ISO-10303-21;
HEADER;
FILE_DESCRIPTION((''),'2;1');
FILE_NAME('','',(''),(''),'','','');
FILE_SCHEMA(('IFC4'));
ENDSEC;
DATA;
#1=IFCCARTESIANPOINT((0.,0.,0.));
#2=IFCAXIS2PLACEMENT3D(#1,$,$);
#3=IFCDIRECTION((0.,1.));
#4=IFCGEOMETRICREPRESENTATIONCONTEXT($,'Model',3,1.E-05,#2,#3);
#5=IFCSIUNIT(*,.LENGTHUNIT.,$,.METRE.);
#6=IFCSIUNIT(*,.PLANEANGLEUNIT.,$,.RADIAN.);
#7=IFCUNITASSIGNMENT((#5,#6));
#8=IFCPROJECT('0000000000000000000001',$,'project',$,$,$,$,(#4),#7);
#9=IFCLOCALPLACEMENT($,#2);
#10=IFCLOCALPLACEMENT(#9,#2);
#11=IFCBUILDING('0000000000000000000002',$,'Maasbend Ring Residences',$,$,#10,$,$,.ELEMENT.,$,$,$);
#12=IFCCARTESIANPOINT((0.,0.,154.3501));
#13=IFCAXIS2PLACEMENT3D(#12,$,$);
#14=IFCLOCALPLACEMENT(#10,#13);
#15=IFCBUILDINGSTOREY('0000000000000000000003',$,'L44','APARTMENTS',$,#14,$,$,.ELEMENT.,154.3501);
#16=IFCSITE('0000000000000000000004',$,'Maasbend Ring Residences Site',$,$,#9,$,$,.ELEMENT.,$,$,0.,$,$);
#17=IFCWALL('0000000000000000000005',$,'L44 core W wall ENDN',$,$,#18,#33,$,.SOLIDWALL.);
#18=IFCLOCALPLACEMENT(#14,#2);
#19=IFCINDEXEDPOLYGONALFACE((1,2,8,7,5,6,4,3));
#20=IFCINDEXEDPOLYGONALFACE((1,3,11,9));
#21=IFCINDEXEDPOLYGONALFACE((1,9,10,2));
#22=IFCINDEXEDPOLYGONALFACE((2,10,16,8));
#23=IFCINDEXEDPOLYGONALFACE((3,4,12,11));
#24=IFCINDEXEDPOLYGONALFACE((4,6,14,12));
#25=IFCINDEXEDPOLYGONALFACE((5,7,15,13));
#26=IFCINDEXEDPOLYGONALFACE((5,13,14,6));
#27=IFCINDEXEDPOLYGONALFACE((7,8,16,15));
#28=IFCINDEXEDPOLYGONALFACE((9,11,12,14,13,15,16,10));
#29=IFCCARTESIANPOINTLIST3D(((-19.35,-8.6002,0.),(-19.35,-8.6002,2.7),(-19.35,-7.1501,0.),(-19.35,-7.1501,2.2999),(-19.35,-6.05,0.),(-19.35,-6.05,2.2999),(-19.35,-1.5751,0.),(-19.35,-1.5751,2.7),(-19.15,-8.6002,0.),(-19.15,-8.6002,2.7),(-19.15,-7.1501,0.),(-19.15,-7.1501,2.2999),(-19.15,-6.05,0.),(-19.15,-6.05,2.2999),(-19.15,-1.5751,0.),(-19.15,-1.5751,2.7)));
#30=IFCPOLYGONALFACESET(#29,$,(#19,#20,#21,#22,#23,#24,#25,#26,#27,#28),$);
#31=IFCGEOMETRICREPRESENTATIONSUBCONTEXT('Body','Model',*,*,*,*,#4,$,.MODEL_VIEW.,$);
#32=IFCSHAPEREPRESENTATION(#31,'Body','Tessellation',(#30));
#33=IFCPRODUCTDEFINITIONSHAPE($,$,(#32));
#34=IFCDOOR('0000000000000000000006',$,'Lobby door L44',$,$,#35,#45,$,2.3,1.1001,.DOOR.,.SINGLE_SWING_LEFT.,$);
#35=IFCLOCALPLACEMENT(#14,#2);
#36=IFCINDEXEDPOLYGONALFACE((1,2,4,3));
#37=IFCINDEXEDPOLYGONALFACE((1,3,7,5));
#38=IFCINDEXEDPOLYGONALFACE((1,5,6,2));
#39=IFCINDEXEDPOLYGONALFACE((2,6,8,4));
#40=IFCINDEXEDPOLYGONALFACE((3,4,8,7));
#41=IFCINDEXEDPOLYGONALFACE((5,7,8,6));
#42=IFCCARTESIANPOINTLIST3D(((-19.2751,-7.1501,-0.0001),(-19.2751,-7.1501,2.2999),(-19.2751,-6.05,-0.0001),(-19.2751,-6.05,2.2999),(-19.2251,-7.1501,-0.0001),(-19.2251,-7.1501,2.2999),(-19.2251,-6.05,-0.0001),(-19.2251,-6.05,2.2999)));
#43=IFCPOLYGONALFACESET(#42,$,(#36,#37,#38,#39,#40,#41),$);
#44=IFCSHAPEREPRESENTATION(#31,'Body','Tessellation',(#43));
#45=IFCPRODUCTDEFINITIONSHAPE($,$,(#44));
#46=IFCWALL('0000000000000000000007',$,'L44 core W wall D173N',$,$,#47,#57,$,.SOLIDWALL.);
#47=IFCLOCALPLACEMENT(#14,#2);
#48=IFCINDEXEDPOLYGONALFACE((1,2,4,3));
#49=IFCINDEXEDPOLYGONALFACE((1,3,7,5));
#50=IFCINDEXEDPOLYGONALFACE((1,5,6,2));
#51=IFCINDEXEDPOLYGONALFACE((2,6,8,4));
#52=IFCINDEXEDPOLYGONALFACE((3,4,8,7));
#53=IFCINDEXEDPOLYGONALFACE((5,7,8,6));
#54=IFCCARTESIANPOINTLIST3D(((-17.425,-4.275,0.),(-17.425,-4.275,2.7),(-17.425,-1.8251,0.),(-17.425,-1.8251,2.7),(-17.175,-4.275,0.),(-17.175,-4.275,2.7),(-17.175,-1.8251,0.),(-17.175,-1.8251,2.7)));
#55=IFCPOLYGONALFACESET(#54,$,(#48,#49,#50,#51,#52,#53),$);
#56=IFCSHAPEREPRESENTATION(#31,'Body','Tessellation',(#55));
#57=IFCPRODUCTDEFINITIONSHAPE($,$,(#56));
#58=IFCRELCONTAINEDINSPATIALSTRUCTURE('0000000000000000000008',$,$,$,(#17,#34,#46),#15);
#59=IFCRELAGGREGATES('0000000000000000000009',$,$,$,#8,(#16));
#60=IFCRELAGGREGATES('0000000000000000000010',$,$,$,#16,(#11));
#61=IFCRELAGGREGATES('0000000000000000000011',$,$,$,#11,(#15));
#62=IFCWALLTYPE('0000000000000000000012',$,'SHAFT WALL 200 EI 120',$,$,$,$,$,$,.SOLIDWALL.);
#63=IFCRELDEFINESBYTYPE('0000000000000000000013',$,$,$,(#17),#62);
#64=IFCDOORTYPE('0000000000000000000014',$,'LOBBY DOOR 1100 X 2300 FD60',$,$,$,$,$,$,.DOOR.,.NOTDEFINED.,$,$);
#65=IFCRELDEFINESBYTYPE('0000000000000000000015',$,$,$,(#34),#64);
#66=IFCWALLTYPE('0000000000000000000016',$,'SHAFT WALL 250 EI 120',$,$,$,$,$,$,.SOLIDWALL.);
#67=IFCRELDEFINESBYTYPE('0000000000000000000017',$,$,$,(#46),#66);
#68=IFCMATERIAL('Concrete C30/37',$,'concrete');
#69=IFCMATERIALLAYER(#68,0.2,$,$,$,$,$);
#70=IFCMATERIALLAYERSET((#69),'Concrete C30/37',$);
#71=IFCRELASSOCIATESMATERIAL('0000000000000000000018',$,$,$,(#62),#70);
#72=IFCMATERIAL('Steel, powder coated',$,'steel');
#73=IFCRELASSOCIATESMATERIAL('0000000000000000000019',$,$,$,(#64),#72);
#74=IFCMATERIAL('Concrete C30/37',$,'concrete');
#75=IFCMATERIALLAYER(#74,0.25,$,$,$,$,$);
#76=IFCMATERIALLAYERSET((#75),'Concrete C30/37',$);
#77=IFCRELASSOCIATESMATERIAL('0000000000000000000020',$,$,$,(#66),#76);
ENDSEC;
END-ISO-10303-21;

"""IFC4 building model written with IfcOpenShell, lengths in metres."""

from ifc_helpers import new_model, si_unit, direction, frame, frame_2d, origin, place, context, subcontext, project, spatial, rectangle, extrude, material, layer, layer_set, type_object, element, fill, save


model = new_model("IFC4")

# Units and contexts
model_context = context("Model", 3, precision=1e-05, world=origin(), true_north=direction((0.0, 1.0)))
body_context = subcontext(model_context, "Body", "Model", "MODEL_VIEW")
ifc_project = project(units=[si_unit("LENGTHUNIT", "METRE"), si_unit("PLANEANGLEUNIT", "RADIAN")], contexts=[model_context])

# Site, building, storey
site_placement = place(None, origin())
site = spatial("IfcSite", under=ifc_project, at=site_placement, Name="Maasbend Ring Residences Site", CompositionType="ELEMENT", RefElevation=0.0)
building_placement = place(site_placement, origin())
building = spatial("IfcBuilding", under=site, at=building_placement, Name="Maasbend Ring Residences", CompositionType="ELEMENT")
storey_placement = place(building_placement, frame((0.0, 0.0, 154.3501)))
storey = spatial("IfcBuildingStorey", under=building, at=storey_placement, Name="L44", Description="APARTMENTS", CompositionType="ELEMENT", Elevation=154.3501)

# Wall, opening, door
ifc_material_1 = material(Name="Concrete C30/37", Category="concrete")
ifc_layer_1 = layer(ifc_material_1, 0.2)
ifc_layer_set_1 = layer_set([ifc_layer_1], Name="Concrete C30/37")
wall_type_1 = type_object("IfcWallType", Name="SHAFT WALL 200 EI 120", PredefinedType="SOLIDWALL", material=ifc_layer_set_1)
wall_1_placement = place(storey_placement, frame((-19.25, -1.575, 0.0), z_axis=(0.0, 0.0, 1.0), x_axis=(0.0, -1.0, 0.0)))
wall_1 = element("IfcWall", 1, at=wall_1_placement, inside=storey, type_object=wall_type_1, Name="L44 core W wall ENDN", PredefinedType="SOLIDWALL", context=body_context, shape_type="SweptSolid", body=[
    extrude(rectangle(XDim=7.0251, YDim=0.2, at=frame_2d((3.5127, 0.0))), origin(), (0.0, 0.0, 1.0), 2.7),
])
opening_1_placement = place(wall_1_placement, frame((4.4751, 0.0, 0.0)))
opening_1 = element("IfcOpeningElement", 2, at=opening_1_placement, cuts=wall_1, PredefinedType="OPENING", context=body_context, shape_type="SweptSolid", body=[
    extrude(rectangle(XDim=1.1001, YDim=2.3, at=frame_2d((0.55, 1.1499))), frame((0.0, 0.1099, 0.0), z_axis=(0.0, -1.0, 0.0), x_axis=(1.0, 0.0, 0.0)), (0.0, 0.0, 1.0), 0.22),
])
ifc_material_2 = material(Name="Steel, powder coated", Category="steel")
door_type_1 = type_object("IfcDoorType", Name="LOBBY DOOR 1100 X 2300 FD60", OperationType="NOTDEFINED", PredefinedType="DOOR", material=ifc_material_2)
door_1_placement = place(opening_1_placement, origin())
door_1 = element("IfcDoor", 3, at=door_1_placement, inside=storey, type_object=door_type_1, Name="Lobby door L44", OperationType="SINGLE_SWING_LEFT", OverallHeight=2.3, OverallWidth=1.1001, PredefinedType="DOOR", context=body_context, shape_type="SweptSolid", body=[
    extrude(rectangle(XDim=1.1001, YDim=2.3, at=frame_2d((0.55, 1.1499))), frame((0.0, 0.0249, 0.0), z_axis=(0.0, -1.0, 0.0), x_axis=(1.0, 0.0, 0.0)), (0.0, 0.0, 1.0), 0.05),
])
fill(opening_1, door_1)

# Wall
ifc_material_3 = material(Name="Concrete C30/37", Category="concrete")
ifc_layer_2 = layer(ifc_material_3, 0.25)
ifc_layer_set_2 = layer_set([ifc_layer_2], Name="Concrete C30/37")
wall_type_2 = type_object("IfcWallType", Name="SHAFT WALL 250 EI 120", PredefinedType="SOLIDWALL", material=ifc_layer_set_2)
wall_2_placement = place(storey_placement, frame((-17.3, -1.825, 0.0), z_axis=(0.0, 0.0, 1.0), x_axis=(0.0, -1.0, 0.0)))
element("IfcWall", 4, at=wall_2_placement, inside=storey, type_object=wall_type_2, Name="L44 core W wall D173N", PredefinedType="SOLIDWALL", context=body_context, shape_type="SweptSolid", body=[
    extrude(rectangle(XDim=2.45, YDim=0.25, at=frame_2d((1.2251, 0.0))), origin(), (0.0, 0.0, 1.0), 2.7),
])

save(model, "model.ifc")
